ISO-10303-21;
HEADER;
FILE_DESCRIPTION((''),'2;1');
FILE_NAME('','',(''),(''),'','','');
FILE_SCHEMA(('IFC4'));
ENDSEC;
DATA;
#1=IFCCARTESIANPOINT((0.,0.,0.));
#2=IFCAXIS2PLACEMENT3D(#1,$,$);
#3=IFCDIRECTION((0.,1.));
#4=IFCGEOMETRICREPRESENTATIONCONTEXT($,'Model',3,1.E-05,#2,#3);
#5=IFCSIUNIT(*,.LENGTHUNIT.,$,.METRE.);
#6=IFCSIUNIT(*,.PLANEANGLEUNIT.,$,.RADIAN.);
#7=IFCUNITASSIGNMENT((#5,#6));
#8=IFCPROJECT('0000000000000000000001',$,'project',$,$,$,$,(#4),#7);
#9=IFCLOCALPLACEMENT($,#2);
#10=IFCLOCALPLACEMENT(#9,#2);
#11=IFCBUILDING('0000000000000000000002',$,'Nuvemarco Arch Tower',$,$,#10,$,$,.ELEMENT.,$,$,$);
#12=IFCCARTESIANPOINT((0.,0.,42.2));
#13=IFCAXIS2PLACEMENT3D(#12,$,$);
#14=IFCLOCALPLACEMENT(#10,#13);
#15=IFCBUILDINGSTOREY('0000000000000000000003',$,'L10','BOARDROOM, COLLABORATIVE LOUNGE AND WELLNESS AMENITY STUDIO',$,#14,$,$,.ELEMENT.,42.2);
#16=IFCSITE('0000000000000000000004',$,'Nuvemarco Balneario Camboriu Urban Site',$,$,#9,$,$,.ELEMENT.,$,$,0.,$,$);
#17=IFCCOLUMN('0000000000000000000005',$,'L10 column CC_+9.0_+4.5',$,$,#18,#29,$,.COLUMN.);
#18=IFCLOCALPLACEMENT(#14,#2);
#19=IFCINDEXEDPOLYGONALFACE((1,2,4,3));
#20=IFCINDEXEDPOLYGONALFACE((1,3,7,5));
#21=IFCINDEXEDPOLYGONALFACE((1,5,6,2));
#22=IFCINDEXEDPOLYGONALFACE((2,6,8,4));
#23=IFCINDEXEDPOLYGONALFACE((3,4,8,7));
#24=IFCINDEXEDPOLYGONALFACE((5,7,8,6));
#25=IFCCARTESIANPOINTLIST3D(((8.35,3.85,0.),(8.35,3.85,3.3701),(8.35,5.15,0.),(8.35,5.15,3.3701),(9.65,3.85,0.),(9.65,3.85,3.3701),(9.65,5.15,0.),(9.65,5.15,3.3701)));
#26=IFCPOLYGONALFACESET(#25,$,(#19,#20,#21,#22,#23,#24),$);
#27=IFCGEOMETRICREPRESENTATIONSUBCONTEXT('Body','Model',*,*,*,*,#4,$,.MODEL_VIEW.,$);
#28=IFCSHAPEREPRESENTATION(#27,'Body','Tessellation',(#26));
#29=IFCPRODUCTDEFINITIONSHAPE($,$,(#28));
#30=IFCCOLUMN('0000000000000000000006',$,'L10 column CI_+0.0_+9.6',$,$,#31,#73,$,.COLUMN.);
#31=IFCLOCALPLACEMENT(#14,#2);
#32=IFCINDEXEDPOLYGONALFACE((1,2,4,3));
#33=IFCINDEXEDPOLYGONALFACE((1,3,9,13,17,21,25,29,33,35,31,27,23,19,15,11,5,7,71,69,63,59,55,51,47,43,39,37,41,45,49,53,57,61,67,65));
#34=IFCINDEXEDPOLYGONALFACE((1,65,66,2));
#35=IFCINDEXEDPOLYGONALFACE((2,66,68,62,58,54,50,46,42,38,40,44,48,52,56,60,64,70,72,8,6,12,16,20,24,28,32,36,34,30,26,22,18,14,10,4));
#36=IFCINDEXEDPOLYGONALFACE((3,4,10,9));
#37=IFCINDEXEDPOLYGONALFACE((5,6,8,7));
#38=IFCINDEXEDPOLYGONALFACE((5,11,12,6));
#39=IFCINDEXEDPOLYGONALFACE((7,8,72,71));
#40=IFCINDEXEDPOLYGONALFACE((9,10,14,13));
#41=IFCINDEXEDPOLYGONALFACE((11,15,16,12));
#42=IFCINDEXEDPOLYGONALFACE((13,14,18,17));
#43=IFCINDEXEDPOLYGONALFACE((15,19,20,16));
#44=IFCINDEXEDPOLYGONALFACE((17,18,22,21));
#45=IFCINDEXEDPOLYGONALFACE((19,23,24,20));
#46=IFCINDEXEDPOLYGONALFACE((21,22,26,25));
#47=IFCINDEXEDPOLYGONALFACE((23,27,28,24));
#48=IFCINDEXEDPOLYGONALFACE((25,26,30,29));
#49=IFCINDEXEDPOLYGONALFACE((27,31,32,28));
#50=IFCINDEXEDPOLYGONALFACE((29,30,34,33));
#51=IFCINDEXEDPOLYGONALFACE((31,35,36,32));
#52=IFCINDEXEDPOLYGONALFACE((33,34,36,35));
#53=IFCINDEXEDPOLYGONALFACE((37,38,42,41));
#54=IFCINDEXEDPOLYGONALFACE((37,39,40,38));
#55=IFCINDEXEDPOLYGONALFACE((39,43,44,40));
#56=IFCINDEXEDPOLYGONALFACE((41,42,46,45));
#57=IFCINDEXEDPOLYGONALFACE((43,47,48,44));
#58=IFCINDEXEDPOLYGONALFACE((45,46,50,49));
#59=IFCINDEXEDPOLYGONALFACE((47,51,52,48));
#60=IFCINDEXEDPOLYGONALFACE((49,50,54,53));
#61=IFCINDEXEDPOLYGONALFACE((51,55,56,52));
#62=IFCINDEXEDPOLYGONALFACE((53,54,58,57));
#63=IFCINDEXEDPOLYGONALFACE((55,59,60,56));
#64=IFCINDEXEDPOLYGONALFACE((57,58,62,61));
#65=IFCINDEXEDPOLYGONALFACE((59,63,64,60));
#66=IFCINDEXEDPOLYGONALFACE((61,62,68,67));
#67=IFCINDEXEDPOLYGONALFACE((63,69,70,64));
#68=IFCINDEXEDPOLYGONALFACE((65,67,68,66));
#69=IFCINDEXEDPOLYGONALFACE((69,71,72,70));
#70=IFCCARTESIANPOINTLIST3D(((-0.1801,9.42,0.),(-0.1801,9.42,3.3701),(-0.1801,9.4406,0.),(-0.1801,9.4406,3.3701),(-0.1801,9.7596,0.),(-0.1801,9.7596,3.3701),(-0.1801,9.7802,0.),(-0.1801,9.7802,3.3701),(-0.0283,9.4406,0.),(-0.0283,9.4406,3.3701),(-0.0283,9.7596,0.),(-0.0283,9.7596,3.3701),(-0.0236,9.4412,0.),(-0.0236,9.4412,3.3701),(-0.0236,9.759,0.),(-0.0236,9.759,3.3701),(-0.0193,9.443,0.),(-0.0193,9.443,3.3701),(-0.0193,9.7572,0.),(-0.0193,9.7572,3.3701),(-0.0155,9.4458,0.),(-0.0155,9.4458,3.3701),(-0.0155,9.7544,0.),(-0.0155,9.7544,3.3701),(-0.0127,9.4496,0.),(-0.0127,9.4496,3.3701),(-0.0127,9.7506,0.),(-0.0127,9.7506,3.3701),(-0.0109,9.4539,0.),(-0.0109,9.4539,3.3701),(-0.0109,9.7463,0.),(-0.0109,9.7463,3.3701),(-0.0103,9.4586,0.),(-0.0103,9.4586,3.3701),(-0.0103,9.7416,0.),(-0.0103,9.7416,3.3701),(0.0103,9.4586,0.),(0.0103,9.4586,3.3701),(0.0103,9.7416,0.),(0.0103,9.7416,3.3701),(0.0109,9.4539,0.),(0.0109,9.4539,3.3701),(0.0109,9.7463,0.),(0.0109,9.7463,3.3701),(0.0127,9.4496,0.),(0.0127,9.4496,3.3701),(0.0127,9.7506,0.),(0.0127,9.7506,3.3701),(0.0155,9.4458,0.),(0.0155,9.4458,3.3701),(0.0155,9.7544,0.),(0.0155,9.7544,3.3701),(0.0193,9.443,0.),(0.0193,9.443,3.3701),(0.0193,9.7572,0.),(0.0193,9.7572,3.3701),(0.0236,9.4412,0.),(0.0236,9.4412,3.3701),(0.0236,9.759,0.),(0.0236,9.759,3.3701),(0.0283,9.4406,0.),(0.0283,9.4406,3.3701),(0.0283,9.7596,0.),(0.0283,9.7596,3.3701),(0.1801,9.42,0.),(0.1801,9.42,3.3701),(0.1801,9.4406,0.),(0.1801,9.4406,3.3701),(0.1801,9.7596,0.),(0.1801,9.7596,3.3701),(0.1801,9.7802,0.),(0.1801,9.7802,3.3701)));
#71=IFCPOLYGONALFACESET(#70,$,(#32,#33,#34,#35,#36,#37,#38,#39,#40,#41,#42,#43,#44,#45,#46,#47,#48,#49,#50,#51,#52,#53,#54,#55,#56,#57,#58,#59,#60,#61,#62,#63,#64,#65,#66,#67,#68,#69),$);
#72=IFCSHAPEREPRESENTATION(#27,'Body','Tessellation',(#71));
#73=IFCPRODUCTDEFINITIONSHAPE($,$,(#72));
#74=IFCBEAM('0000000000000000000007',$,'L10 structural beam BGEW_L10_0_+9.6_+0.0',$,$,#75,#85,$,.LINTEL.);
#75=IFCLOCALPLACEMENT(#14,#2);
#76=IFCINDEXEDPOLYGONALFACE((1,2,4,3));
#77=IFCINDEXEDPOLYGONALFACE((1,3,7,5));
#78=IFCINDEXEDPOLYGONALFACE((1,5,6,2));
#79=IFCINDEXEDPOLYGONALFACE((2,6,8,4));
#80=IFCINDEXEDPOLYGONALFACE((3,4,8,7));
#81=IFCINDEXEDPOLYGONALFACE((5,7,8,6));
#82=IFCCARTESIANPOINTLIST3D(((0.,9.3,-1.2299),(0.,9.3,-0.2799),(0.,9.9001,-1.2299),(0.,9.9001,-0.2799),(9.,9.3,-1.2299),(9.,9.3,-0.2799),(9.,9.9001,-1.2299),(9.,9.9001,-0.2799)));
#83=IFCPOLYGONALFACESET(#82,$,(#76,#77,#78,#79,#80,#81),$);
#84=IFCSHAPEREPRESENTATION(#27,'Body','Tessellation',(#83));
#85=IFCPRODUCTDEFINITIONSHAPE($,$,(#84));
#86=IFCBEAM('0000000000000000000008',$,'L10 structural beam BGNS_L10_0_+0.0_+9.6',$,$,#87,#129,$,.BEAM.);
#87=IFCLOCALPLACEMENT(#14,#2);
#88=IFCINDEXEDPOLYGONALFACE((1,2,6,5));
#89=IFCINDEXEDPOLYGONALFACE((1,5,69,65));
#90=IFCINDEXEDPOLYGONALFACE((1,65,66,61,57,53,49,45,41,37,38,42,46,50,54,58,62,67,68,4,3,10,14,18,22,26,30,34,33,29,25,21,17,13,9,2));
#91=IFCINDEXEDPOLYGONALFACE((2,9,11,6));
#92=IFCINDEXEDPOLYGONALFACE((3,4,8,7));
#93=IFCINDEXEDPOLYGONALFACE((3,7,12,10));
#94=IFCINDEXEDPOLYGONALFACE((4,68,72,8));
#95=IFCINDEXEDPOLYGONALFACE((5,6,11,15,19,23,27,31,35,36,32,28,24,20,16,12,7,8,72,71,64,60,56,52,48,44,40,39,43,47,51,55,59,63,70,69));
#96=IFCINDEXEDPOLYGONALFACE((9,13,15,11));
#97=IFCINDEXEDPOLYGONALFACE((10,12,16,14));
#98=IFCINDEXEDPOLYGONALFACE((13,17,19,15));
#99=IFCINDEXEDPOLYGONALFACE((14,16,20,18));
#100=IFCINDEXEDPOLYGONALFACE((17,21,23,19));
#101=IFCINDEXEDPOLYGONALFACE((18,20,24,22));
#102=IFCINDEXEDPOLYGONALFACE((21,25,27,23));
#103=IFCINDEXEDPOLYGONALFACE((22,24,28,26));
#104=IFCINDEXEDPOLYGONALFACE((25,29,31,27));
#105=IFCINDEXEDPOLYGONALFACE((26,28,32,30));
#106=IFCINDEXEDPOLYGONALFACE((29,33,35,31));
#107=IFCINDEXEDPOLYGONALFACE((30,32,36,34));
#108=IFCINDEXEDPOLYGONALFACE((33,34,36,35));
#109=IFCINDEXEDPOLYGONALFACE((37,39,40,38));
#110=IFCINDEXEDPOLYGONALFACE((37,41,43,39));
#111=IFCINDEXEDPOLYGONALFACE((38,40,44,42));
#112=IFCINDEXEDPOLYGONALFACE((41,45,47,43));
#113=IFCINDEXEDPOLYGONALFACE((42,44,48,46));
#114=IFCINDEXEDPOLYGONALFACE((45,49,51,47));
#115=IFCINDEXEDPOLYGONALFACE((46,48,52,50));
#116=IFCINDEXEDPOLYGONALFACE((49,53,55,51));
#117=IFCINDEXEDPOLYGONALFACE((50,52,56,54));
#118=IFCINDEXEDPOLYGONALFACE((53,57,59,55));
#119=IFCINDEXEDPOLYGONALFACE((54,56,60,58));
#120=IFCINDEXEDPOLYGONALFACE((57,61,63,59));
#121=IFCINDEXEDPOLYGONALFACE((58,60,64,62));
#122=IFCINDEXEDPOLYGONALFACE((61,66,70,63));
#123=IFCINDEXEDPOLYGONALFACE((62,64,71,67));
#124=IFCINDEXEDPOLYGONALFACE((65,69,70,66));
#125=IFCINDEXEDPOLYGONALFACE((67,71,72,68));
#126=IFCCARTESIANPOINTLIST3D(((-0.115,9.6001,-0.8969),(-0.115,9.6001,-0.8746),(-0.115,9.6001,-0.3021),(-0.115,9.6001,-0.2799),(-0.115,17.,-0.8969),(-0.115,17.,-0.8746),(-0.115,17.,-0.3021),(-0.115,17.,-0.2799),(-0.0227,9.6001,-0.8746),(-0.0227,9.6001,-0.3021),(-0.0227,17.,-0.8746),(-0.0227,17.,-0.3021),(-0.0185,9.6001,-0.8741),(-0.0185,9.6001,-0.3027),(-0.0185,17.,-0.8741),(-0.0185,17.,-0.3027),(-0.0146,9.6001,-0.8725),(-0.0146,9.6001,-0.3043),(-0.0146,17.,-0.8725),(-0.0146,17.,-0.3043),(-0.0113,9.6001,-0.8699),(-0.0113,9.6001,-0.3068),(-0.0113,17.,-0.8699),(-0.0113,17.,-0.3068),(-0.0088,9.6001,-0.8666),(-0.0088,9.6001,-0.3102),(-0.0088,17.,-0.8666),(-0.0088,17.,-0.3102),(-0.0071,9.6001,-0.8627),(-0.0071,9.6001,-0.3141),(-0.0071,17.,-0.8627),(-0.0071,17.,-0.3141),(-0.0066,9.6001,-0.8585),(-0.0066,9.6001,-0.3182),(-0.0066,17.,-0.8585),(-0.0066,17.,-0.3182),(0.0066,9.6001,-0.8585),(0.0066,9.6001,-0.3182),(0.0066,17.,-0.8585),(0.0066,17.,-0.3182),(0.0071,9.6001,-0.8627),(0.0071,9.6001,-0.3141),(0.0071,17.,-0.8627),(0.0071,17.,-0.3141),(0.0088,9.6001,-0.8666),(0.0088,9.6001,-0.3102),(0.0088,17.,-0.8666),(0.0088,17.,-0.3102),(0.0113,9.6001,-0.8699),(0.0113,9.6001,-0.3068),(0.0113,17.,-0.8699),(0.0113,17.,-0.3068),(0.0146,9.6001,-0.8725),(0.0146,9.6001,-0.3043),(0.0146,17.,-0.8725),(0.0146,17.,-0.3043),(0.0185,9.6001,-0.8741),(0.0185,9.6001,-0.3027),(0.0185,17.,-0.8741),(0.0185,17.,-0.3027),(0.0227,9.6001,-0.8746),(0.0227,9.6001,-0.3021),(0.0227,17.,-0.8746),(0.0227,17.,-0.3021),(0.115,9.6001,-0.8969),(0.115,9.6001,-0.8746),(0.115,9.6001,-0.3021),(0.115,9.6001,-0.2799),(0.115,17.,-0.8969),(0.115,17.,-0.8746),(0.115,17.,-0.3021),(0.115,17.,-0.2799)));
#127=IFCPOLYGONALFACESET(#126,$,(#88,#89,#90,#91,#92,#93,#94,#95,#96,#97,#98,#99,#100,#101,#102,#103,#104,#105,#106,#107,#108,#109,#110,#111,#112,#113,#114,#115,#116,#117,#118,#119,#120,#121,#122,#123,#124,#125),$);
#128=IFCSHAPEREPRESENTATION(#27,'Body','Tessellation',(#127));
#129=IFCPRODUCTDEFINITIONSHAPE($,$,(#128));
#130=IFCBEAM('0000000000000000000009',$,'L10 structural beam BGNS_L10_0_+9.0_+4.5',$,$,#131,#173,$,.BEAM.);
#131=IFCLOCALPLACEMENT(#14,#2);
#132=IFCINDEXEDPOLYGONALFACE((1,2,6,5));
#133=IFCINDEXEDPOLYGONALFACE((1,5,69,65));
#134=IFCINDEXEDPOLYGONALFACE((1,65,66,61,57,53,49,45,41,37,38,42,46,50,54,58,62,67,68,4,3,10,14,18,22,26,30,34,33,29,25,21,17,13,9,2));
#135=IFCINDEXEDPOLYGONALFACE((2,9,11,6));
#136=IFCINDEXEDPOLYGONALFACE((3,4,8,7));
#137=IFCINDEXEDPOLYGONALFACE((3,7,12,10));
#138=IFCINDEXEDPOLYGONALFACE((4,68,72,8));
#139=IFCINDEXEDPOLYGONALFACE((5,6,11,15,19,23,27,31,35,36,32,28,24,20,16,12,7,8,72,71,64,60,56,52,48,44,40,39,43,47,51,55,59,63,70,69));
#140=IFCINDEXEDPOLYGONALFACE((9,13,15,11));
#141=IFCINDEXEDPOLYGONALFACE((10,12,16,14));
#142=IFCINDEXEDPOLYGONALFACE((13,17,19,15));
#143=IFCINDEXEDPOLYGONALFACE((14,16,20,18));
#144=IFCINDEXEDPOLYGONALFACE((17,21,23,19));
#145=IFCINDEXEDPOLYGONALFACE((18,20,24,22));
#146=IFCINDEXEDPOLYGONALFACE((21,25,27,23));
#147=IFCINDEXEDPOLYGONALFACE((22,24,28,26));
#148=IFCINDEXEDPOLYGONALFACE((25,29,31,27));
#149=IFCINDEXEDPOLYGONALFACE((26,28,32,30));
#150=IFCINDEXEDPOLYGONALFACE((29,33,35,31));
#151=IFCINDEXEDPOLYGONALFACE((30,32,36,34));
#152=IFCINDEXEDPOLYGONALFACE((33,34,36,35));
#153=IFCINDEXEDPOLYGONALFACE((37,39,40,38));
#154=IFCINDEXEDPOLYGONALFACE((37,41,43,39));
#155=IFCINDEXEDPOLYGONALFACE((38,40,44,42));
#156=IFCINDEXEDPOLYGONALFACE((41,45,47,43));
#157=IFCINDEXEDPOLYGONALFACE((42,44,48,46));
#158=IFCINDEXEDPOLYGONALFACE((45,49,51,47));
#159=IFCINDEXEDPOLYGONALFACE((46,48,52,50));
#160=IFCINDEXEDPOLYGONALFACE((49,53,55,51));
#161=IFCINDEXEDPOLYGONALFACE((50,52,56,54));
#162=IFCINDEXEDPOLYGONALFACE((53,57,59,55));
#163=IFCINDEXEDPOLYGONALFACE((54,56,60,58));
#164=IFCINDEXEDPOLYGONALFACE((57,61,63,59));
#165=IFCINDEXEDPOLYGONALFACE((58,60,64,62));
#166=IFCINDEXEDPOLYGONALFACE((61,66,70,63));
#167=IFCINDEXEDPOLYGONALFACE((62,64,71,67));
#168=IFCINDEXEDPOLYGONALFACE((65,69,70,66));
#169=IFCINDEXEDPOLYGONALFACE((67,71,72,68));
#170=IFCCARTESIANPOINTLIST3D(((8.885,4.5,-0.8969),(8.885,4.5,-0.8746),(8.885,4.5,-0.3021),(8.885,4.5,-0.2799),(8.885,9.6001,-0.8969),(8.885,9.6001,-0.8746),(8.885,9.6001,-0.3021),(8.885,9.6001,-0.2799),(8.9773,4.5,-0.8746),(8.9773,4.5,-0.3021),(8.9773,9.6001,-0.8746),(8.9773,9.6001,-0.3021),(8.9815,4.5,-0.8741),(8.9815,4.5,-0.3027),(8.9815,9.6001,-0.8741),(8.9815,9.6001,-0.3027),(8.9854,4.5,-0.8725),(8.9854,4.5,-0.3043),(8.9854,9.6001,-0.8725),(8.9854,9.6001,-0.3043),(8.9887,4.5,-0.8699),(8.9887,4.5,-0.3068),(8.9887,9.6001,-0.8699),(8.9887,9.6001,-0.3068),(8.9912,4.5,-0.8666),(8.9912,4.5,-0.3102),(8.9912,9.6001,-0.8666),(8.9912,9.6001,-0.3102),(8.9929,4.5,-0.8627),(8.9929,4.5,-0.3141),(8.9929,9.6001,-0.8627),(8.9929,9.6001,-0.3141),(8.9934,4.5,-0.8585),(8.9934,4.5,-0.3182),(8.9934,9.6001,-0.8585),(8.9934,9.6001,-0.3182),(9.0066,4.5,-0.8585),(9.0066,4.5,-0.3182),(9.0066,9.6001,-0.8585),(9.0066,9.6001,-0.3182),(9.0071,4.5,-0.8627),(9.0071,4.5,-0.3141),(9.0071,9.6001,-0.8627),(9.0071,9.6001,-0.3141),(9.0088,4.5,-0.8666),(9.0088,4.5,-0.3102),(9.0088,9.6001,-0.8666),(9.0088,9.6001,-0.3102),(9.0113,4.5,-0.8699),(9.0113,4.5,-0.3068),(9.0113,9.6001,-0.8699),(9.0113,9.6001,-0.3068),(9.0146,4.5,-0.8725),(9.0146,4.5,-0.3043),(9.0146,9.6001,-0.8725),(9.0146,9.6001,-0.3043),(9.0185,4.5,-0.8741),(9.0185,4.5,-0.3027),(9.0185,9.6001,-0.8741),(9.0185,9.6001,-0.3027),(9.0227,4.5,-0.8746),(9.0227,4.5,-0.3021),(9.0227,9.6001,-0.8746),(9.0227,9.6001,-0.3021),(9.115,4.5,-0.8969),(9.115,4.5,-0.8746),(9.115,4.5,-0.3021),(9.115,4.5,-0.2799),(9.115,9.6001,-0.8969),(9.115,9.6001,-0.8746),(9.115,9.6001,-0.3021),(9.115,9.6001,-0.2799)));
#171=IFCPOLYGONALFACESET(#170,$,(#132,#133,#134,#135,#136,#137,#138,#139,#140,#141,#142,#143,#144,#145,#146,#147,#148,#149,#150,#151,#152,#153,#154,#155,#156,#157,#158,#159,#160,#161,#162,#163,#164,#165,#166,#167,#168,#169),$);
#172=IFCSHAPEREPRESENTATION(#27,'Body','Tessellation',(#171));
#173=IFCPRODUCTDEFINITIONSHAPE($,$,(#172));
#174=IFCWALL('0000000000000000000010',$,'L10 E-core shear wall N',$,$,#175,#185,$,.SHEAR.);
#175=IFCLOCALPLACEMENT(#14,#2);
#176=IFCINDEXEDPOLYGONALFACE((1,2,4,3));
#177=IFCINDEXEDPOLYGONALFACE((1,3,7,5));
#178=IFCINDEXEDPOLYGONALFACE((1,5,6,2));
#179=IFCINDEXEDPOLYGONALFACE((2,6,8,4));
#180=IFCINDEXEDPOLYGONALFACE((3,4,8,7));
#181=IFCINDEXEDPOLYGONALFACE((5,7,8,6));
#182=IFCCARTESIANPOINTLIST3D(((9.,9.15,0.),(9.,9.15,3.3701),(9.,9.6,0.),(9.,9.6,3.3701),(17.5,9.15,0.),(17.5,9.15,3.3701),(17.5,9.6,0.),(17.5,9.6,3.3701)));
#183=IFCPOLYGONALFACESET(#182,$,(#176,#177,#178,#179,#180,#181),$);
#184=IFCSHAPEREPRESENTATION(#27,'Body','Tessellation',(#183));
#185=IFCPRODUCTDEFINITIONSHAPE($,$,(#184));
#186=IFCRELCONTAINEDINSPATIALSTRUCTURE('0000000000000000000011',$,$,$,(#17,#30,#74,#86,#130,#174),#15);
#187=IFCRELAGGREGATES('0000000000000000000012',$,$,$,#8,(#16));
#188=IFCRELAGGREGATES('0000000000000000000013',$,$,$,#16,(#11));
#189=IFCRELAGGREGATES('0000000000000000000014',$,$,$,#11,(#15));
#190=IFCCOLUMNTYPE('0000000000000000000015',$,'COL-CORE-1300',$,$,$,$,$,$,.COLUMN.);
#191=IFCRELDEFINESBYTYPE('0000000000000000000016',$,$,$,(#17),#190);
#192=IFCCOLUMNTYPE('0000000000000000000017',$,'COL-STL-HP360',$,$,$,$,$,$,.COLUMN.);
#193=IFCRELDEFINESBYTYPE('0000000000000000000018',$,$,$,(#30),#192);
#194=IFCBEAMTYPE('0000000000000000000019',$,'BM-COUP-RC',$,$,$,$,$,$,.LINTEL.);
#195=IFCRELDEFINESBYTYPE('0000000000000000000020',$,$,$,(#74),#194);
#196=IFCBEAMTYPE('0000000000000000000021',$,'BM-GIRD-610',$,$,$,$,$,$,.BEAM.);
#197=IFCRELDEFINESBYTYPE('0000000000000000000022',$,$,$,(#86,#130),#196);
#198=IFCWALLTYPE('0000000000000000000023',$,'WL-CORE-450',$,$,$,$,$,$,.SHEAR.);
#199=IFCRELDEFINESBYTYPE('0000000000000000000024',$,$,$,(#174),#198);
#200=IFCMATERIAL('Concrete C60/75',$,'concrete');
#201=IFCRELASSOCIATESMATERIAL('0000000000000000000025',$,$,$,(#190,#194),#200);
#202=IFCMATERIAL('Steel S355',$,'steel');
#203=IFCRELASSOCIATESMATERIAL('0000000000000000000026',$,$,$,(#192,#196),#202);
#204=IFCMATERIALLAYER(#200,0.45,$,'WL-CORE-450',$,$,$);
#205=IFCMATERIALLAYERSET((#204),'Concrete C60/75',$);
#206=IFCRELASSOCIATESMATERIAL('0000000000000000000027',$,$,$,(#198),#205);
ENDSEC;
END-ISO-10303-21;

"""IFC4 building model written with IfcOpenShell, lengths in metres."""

from ifc_helpers import new_model, si_unit, direction, frame, frame_2d, origin, origin_2d, place, context, subcontext, project, spatial, rectangle, i_section, extrude, material, layer, layer_set, material_profile, profile_set, type_object, element, save


model = new_model("IFC4")

# Units and contexts
model_context = context("Model", 3, precision=1e-05, world=origin(), true_north=direction((0.0, 1.0)))
body_context = subcontext(model_context, "Body", "Model", "MODEL_VIEW")
ifc_project = project(units=[si_unit("LENGTHUNIT", "METRE"), si_unit("PLANEANGLEUNIT", "RADIAN")], contexts=[model_context])

# Site, building, storey
site_placement = place(None, origin())
site = spatial("IfcSite", under=ifc_project, at=site_placement, Name="Nuvemarco Balneario Camboriu Urban Site", CompositionType="ELEMENT", RefElevation=0.0)
building_placement = place(site_placement, origin())
building = spatial("IfcBuilding", under=site, at=building_placement, Name="Nuvemarco Arch Tower", CompositionType="ELEMENT")
storey_placement = place(building_placement, frame((0.0, 0.0, 42.2)))
storey = spatial("IfcBuildingStorey", under=building, at=storey_placement, Name="L10", Description="BOARDROOM, COLLABORATIVE LOUNGE AND WELLNESS AMENITY STUDIO", CompositionType="ELEMENT", Elevation=42.2)

# Columns
ifc_material_1 = material(Name="Concrete C60/75", Category="concrete")
ifc_material_profile_1 = material_profile(ifc_material_1, rectangle(XDim=1.3, YDim=1.3, at=origin_2d()), Name="RC-COL-1300x1300")
ifc_profile_set_1 = profile_set([ifc_material_profile_1], Name="Concrete C60/75")
column_type_1 = type_object("IfcColumnType", Name="COL-CORE-1300", PredefinedType="COLUMN", material=ifc_profile_set_1)
column_1_placement = place(storey_placement, frame((9.0, 4.5, 0.0), z_axis=(0.0, 0.0, 1.0), x_axis=(1.0, 0.0, 0.0)))
element("IfcColumn", 1, at=column_1_placement, inside=storey, type_object=column_type_1, Name="L10 column CC_+9.0_+4.5", PredefinedType="COLUMN", context=body_context, shape_type="SweptSolid", body=[
    extrude(rectangle(XDim=1.3, YDim=1.3, at=origin_2d()), origin(), (0.0, 0.0, 1.0), 3.3701),
])
ifc_material_2 = material(Name="Steel S355", Category="steel")
ifc_material_profile_2 = material_profile(ifc_material_2, i_section(OverallWidth=0.3601, OverallDepth=0.3601, WebThickness=0.0205, FlangeThickness=0.0205, FilletRadius=0.0181, at=origin_2d()), Name="HP360x174")
ifc_profile_set_2 = profile_set([ifc_material_profile_2], Name="Steel S355")
column_type_2 = type_object("IfcColumnType", Name="COL-STL-HP360", PredefinedType="COLUMN", material=ifc_profile_set_2)
column_2_placement = place(storey_placement, frame((0.0, 9.6001, 0.0), z_axis=(0.0, 0.0, 1.0), x_axis=(1.0, 0.0, 0.0)))
element("IfcColumn", 2, at=column_2_placement, inside=storey, type_object=column_type_2, Name="L10 column CI_+0.0_+9.6", PredefinedType="COLUMN", context=body_context, shape_type="SweptSolid", body=[
    extrude(i_section(OverallWidth=0.3601, OverallDepth=0.3601, WebThickness=0.0205, FlangeThickness=0.0205, FilletRadius=0.0181, at=origin_2d()), origin(), (0.0, 0.0, 1.0), 3.3701),
])

# Beams
ifc_material_profile_3 = material_profile(ifc_material_1, rectangle(XDim=0.6001, YDim=0.95, at=origin_2d()), Name="RC-BM-600x950")
ifc_profile_set_3 = profile_set([ifc_material_profile_3], Name="Concrete C60/75")
beam_type_1 = type_object("IfcBeamType", Name="BM-COUP-RC", PredefinedType="LINTEL", material=ifc_profile_set_3)
beam_1_placement = place(storey_placement, frame((0.0, 9.6001, -0.7549), z_axis=(1.0, 0.0, 0.0), x_axis=(0.0, 1.0, 0.0)))
element("IfcBeam", 3, at=beam_1_placement, inside=storey, type_object=beam_type_1, Name="L10 structural beam BGEW_L10_0_+9.6_+0.0", PredefinedType="LINTEL", context=body_context, shape_type="SweptSolid", body=[
    extrude(rectangle(XDim=0.6001, YDim=0.95, at=origin_2d()), origin(), (0.0, 0.0, 1.0), 9.0),
])
ifc_material_profile_4 = material_profile(ifc_material_2, i_section(OverallWidth=0.23, OverallDepth=0.6169, WebThickness=0.0132, FlangeThickness=0.0222, FilletRadius=0.0161, at=origin_2d()), Name="W610x140")
ifc_profile_set_4 = profile_set([ifc_material_profile_4], Name="Steel S355")
beam_type_2 = type_object("IfcBeamType", Name="BM-GIRD-610", PredefinedType="BEAM", material=ifc_profile_set_4)
beam_2_placement = place(storey_placement, frame((0.0, 9.6001, -0.5884), z_axis=(0.0, 1.0, 0.0), x_axis=(-1.0, 0.0, 0.0)))
element("IfcBeam", 4, at=beam_2_placement, inside=storey, type_object=beam_type_2, Name="L10 structural beam BGNS_L10_0_+0.0_+9.6", PredefinedType="BEAM", context=body_context, shape_type="SweptSolid", body=[
    extrude(i_section(OverallWidth=0.23, OverallDepth=0.6169, WebThickness=0.0132, FlangeThickness=0.0222, FilletRadius=0.0161, at=origin_2d()), origin(), (0.0, 0.0, 1.0), 7.3999),
])
beam_3_placement = place(storey_placement, frame((9.0, 4.5, -0.5884), z_axis=(0.0, 1.0, 0.0), x_axis=(-1.0, 0.0, 0.0)))
element("IfcBeam", 5, at=beam_3_placement, inside=storey, type_object=beam_type_2, Name="L10 structural beam BGNS_L10_0_+9.0_+4.5", PredefinedType="BEAM", context=body_context, shape_type="SweptSolid", body=[
    extrude(i_section(OverallWidth=0.23, OverallDepth=0.6169, WebThickness=0.0132, FlangeThickness=0.0222, FilletRadius=0.0161, at=origin_2d()), origin(), (0.0, 0.0, 1.0), 5.1001),
])

# Wall
ifc_layer_1 = layer(ifc_material_1, 0.45, Name="WL-CORE-450")
ifc_layer_set_1 = layer_set([ifc_layer_1], Name="Concrete C60/75")
wall_type_1 = type_object("IfcWallType", Name="WL-CORE-450", PredefinedType="SHEAR", material=ifc_layer_set_1)
wall_1_placement = place(storey_placement, frame((9.0, 9.375, 0.0), z_axis=(0.0, 0.0, 1.0), x_axis=(1.0, 0.0, 0.0)))
element("IfcWall", 6, at=wall_1_placement, inside=storey, type_object=wall_type_1, Name="L10 E-core shear wall N", PredefinedType="SHEAR", context=body_context, shape_type="SweptSolid", body=[
    extrude(rectangle(XDim=8.5, YDim=0.45, at=frame_2d((4.25, 0.0))), origin(), (0.0, 0.0, 1.0), 3.3701),
])

save(model, "model.ifc")
